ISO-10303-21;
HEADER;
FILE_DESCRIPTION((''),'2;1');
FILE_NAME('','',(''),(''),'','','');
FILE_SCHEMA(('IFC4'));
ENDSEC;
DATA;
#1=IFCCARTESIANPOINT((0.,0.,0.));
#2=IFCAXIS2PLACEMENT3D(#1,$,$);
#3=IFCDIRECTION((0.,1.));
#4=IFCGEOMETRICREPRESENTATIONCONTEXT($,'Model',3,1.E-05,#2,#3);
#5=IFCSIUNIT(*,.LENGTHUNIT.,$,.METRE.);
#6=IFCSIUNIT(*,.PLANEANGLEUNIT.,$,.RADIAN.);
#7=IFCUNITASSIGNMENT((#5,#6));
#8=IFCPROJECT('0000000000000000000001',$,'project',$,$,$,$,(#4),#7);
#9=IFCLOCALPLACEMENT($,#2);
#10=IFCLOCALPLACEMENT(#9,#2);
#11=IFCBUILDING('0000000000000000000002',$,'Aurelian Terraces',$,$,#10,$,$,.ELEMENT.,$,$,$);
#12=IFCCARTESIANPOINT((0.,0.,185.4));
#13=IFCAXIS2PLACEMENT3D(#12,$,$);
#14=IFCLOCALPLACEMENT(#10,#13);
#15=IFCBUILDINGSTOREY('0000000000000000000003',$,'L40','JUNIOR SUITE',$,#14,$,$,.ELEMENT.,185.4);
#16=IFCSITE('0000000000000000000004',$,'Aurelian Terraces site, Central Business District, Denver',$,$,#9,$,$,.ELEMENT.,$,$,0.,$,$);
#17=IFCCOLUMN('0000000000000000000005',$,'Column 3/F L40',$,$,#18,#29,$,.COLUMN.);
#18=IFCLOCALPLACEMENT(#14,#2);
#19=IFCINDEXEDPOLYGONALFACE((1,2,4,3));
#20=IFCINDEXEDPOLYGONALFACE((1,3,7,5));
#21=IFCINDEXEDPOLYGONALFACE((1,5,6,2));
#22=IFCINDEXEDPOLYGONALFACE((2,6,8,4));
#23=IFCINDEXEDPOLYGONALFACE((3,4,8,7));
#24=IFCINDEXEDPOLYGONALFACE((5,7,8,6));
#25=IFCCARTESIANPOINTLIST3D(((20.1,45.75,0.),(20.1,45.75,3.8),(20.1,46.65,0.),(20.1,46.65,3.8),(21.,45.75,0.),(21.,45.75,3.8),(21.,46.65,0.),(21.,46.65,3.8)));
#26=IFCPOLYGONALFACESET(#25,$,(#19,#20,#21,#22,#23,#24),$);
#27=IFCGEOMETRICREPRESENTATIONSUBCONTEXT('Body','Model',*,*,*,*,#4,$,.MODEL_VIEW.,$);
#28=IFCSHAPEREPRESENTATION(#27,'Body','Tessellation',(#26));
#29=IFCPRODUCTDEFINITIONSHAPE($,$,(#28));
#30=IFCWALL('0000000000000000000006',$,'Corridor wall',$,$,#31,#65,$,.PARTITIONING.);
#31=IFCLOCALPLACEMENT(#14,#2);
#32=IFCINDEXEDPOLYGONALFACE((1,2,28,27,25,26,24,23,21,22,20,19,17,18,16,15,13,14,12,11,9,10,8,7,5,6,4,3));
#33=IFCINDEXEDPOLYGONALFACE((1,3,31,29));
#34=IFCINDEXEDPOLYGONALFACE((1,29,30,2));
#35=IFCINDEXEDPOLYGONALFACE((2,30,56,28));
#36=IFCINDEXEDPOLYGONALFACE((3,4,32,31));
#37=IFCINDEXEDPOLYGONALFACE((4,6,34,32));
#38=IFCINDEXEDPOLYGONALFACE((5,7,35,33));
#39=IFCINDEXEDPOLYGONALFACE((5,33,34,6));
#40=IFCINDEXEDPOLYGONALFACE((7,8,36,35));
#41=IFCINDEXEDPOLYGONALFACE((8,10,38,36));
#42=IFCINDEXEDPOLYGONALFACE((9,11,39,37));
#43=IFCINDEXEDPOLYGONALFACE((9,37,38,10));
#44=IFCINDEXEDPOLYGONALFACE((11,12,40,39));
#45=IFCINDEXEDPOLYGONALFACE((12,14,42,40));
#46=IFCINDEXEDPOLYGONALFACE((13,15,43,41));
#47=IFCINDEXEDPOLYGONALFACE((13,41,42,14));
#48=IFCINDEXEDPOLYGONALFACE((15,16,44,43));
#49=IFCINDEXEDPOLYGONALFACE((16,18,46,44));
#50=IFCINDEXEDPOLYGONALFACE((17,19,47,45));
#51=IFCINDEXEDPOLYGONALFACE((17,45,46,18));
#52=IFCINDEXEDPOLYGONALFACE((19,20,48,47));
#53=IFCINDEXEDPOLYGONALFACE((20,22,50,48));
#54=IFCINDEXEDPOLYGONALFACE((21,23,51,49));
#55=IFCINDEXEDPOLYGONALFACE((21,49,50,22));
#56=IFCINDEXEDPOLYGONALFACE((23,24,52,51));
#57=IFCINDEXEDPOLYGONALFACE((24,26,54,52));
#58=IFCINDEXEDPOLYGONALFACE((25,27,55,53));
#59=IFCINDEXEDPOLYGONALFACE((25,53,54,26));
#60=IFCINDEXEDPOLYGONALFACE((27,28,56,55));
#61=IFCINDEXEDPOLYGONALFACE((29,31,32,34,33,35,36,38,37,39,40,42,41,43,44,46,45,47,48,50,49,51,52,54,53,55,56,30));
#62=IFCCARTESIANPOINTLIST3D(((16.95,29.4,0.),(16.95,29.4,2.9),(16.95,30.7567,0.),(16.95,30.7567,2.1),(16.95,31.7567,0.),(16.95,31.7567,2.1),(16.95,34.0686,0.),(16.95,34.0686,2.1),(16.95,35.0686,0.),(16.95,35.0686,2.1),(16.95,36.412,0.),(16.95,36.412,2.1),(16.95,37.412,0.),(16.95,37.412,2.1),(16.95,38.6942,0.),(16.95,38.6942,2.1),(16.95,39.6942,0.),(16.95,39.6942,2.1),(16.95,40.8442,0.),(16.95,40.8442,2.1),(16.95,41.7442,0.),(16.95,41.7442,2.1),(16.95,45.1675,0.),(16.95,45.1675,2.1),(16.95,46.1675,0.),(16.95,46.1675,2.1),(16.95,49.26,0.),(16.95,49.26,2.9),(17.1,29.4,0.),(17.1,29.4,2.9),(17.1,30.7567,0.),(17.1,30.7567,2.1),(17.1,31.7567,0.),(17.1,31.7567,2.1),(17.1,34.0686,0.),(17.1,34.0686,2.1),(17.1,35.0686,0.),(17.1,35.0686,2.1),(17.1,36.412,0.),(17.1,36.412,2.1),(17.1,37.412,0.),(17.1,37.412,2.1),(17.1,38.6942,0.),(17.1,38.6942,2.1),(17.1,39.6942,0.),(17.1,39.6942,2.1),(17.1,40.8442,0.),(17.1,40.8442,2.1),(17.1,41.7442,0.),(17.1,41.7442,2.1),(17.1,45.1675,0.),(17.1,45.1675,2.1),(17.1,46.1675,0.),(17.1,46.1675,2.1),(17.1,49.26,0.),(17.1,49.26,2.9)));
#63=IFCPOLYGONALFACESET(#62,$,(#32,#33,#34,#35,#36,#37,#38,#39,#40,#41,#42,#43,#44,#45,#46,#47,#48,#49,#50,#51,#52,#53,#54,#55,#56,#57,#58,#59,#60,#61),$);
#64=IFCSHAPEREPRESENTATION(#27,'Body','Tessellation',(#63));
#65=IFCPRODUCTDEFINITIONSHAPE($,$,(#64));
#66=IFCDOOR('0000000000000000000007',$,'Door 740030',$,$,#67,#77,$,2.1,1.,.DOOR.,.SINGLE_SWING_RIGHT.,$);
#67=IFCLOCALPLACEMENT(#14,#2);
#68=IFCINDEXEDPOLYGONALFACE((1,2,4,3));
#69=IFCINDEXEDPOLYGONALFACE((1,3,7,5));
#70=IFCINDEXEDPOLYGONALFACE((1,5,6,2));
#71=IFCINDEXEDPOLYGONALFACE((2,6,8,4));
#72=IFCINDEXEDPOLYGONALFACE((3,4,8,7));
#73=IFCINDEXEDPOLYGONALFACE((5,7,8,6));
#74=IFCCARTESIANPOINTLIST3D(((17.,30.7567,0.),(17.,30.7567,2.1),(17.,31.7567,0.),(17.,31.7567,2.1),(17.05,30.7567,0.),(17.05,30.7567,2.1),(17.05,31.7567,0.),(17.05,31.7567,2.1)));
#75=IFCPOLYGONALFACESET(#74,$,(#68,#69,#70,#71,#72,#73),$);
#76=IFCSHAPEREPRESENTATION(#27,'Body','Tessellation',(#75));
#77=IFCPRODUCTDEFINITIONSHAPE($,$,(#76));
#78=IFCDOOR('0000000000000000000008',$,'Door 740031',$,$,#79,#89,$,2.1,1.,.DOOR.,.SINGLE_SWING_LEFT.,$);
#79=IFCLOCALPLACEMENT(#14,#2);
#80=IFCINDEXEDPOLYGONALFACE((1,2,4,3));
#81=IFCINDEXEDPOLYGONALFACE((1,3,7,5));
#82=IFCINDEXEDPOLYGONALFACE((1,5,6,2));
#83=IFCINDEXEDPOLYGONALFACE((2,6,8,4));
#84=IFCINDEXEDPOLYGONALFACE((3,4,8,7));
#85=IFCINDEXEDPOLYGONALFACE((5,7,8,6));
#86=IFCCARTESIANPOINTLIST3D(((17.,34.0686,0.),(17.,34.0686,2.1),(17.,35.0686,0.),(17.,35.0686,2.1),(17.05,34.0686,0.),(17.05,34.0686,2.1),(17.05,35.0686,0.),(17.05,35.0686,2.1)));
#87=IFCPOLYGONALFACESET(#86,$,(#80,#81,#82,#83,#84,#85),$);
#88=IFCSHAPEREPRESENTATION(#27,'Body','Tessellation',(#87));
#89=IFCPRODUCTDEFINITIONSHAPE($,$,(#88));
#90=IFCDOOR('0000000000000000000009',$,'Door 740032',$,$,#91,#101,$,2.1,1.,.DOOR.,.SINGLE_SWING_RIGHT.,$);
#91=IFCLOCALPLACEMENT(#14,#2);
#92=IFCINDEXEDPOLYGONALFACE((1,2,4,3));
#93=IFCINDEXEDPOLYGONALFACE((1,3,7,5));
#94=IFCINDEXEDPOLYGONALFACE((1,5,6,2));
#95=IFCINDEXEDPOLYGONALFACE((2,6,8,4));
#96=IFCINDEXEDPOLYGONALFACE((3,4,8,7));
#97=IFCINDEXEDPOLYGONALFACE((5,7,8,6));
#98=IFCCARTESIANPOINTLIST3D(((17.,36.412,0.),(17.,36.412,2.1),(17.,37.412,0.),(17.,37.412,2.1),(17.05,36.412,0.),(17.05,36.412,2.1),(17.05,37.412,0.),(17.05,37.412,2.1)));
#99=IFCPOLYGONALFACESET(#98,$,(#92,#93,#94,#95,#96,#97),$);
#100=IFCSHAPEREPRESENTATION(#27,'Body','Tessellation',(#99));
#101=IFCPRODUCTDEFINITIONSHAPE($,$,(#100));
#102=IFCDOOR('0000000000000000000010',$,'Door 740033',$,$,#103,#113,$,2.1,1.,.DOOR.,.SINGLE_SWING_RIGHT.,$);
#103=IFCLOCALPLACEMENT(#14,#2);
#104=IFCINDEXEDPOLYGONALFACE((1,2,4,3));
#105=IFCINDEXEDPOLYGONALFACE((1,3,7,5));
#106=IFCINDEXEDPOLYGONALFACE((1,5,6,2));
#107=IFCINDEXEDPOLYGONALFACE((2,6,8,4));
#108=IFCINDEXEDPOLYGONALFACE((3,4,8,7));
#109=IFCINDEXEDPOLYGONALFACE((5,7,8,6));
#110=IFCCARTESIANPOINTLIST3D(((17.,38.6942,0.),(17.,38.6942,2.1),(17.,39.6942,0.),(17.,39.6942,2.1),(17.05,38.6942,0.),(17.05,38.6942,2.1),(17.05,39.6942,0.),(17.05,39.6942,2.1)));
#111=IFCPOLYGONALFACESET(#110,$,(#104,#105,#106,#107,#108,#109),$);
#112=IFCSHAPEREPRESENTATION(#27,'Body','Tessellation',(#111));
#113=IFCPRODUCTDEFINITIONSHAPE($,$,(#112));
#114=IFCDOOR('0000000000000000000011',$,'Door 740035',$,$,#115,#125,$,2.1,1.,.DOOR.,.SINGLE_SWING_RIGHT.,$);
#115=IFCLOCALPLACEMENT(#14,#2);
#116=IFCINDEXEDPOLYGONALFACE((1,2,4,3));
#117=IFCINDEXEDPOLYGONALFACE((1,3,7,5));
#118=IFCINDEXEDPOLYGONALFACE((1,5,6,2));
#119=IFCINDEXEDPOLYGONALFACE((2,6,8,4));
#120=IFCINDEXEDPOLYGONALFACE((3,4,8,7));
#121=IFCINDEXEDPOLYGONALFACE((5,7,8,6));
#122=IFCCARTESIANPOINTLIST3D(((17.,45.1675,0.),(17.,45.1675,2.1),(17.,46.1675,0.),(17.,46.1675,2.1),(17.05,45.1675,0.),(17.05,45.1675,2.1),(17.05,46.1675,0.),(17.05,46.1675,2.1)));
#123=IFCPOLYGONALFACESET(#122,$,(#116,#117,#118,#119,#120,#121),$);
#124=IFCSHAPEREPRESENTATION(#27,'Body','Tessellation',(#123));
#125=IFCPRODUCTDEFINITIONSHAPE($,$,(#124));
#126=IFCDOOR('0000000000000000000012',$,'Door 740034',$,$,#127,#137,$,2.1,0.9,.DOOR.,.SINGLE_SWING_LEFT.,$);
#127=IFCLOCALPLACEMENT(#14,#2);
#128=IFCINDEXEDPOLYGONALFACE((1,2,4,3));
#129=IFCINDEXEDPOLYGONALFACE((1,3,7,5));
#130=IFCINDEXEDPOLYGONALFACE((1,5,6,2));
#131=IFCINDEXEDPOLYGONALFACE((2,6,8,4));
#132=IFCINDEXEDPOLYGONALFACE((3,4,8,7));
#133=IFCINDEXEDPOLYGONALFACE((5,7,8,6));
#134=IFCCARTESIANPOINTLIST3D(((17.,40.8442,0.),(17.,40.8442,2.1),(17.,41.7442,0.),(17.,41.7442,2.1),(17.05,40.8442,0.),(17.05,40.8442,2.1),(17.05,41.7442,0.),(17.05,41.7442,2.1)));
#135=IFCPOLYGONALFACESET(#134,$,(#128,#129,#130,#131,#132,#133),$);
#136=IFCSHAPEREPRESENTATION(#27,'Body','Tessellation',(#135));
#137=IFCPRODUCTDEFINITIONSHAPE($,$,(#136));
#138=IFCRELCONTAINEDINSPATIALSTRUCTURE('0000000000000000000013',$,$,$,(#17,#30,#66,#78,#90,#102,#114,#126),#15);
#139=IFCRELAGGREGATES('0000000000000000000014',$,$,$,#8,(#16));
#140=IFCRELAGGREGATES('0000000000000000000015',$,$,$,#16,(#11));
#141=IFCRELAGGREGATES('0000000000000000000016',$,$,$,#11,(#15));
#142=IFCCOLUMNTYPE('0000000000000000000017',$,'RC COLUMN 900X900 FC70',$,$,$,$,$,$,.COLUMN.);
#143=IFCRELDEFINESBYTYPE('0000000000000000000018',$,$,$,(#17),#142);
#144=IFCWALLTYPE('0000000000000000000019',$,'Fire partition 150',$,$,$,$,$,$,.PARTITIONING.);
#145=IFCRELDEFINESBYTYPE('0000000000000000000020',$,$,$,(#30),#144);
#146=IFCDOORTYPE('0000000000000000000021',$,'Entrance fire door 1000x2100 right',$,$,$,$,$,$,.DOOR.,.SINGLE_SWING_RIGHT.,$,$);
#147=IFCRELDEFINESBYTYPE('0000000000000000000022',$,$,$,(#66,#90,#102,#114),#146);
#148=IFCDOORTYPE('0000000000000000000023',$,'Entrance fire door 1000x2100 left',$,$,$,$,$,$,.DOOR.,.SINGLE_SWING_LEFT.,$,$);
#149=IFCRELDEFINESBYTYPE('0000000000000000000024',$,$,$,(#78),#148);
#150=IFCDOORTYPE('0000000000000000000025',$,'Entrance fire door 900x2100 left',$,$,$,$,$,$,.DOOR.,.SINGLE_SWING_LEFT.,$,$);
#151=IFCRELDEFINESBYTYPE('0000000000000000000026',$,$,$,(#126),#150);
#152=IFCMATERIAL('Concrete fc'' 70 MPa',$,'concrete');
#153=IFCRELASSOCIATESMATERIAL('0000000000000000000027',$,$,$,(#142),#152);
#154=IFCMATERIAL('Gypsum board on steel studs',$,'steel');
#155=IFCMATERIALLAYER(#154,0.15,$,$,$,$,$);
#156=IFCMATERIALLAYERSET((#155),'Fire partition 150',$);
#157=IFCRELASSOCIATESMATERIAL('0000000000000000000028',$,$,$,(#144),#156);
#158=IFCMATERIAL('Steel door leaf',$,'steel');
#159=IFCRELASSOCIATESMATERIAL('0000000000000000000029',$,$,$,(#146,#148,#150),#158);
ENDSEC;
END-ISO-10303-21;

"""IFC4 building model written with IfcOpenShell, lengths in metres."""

from ifc_helpers import new_model, si_unit, direction, frame, frame_2d, origin, origin_2d, place, context, subcontext, project, spatial, rectangle, extrude, source, transform, mapped, material, layer, layer_set, material_profile, profile_set, type_object, element, fill, save


model = new_model("IFC4")

# Units and contexts
model_context = context("Model", 3, precision=1e-05, world=origin(), true_north=direction((0.0, 1.0)))
body_context = subcontext(model_context, "Body", "Model", "MODEL_VIEW")
ifc_project = project(units=[si_unit("LENGTHUNIT", "METRE"), si_unit("PLANEANGLEUNIT", "RADIAN")], contexts=[model_context])

# Site, building, storey
site_placement = place(None, origin())
site = spatial("IfcSite", under=ifc_project, at=site_placement, Name="Aurelian Terraces site, Central Business District, Denver", CompositionType="ELEMENT", RefElevation=0.0)
building_placement = place(site_placement, origin())
building = spatial("IfcBuilding", under=site, at=building_placement, Name="Aurelian Terraces", CompositionType="ELEMENT")
storey_placement = place(building_placement, frame((0.0, 0.0, 185.4)))
storey = spatial("IfcBuildingStorey", under=building, at=storey_placement, Name="L40", Description="JUNIOR SUITE", CompositionType="ELEMENT", Elevation=185.4)

# Column
ifc_material_1 = material(Name="Concrete fc' 70 MPa", Category="concrete")
ifc_material_profile = material_profile(ifc_material_1, rectangle(XDim=0.9, YDim=0.9, at=origin_2d()))
ifc_profile_set = profile_set([ifc_material_profile], Name="Concrete fc' 70 MPa")
column_type = type_object("IfcColumnType", Name="RC COLUMN 900X900 FC70", PredefinedType="COLUMN", material=ifc_profile_set)
shared_shape_1 = source(origin(), body_context, "Body", "SweptSolid", [
    extrude(rectangle(XDim=0.9, YDim=0.9, at=origin_2d()), origin(), (0.0, 0.0, 1.0), 3.8),
])
column_placement = place(storey_placement, frame((20.55, 46.2, 0.0), z_axis=(0.0, 0.0, 1.0), x_axis=(1.0, 0.0, 0.0)))
element("IfcColumn", 1, at=column_placement, inside=storey, type_object=column_type, Name="Column 3/F L40", PredefinedType="COLUMN", context=body_context, shape_type="MappedRepresentation", body=[
    mapped(shared_shape_1, transform((0.0, 0.0, 0.0), scale=1.0)),
])

# Wall, openings, doors
ifc_material_2 = material(Name="Gypsum board on steel studs", Category="steel")
ifc_layer_1 = layer(ifc_material_2, 0.15)
ifc_layer_set_1 = layer_set([ifc_layer_1], Name="Fire partition 150")
wall_type_1 = type_object("IfcWallType", Name="Fire partition 150", PredefinedType="PARTITIONING", material=ifc_layer_set_1)
wall_1_placement = place(storey_placement, frame((17.025, 49.26, 0.0), z_axis=(0.0, 0.0, 1.0), x_axis=(0.0, -1.0, 0.0)))
wall_1 = element("IfcWall", 2, at=wall_1_placement, inside=storey, type_object=wall_type_1, Name="Corridor wall", PredefinedType="PARTITIONING", context=body_context, shape_type="SweptSolid", body=[
    extrude(rectangle(XDim=19.86, YDim=0.15, at=frame_2d((9.93, 0.0))), origin(), (0.0, 0.0, 1.0), 2.9),
])
shared_shape_2 = source(origin(), body_context, "Body", "SweptSolid", [
    extrude(rectangle(XDim=1.0, YDim=2.1, at=frame_2d((0.5, 1.05))), frame((0.0, 0.085, 0.0), z_axis=(0.0, -1.0, 0.0), x_axis=(1.0, 0.0, 0.0)), (0.0, 0.0, 1.0), 0.17),
])
opening_1_placement = place(wall_1_placement, frame((17.5033, 0.0, 0.0)))
opening_1 = element("IfcOpeningElement", 3, at=opening_1_placement, cuts=wall_1, PredefinedType="OPENING", context=body_context, shape_type="MappedRepresentation", body=[
    mapped(shared_shape_2, transform((0.0, 0.0, 0.0), scale=1.0)),
])
opening_2_placement = place(wall_1_placement, frame((14.1914, 0.0, 0.0)))
opening_2 = element("IfcOpeningElement", 4, at=opening_2_placement, cuts=wall_1, PredefinedType="OPENING", context=body_context, shape_type="MappedRepresentation", body=[
    mapped(shared_shape_2, transform((0.0, 0.0, 0.0), scale=1.0)),
])
opening_3_placement = place(wall_1_placement, frame((11.848, 0.0, 0.0)))
opening_3 = element("IfcOpeningElement", 5, at=opening_3_placement, cuts=wall_1, PredefinedType="OPENING", context=body_context, shape_type="MappedRepresentation", body=[
    mapped(shared_shape_2, transform((0.0, 0.0, 0.0), scale=1.0)),
])
opening_4_placement = place(wall_1_placement, frame((9.5658, 0.0, 0.0)))
opening_4 = element("IfcOpeningElement", 6, at=opening_4_placement, cuts=wall_1, PredefinedType="OPENING", context=body_context, shape_type="MappedRepresentation", body=[
    mapped(shared_shape_2, transform((0.0, 0.0, 0.0), scale=1.0)),
])
shared_shape_3 = source(origin(), body_context, "Body", "SweptSolid", [
    extrude(rectangle(XDim=0.9, YDim=2.1, at=frame_2d((0.45, 1.05))), frame((0.0, 0.085, 0.0), z_axis=(0.0, -1.0, 0.0), x_axis=(1.0, 0.0, 0.0)), (0.0, 0.0, 1.0), 0.17),
])
opening_5_placement = place(wall_1_placement, frame((7.5158, 0.0, 0.0)))
opening_5 = element("IfcOpeningElement", 7, at=opening_5_placement, cuts=wall_1, PredefinedType="OPENING", context=body_context, shape_type="MappedRepresentation", body=[
    mapped(shared_shape_3, transform((0.0, 0.0, 0.0), scale=1.0)),
])
opening_6_placement = place(wall_1_placement, frame((3.0925, 0.0, 0.0)))
opening_6 = element("IfcOpeningElement", 8, at=opening_6_placement, cuts=wall_1, PredefinedType="OPENING", context=body_context, shape_type="MappedRepresentation", body=[
    mapped(shared_shape_2, transform((0.0, 0.0, 0.0), scale=1.0)),
])
ifc_material_3 = material(Name="Steel door leaf", Category="steel")
door_type_1 = type_object("IfcDoorType", Name="Entrance fire door 1000x2100 right", OperationType="SINGLE_SWING_RIGHT", PredefinedType="DOOR", material=ifc_material_3)
shared_shape_4 = source(origin(), body_context, "Body", "SweptSolid", [
    extrude(rectangle(XDim=1.0, YDim=2.1, at=frame_2d((0.5, 1.05))), frame((0.0, 0.025, 0.0), z_axis=(0.0, -1.0, 0.0), x_axis=(1.0, 0.0, 0.0)), (0.0, 0.0, 1.0), 0.05),
])
door_1_placement = place(opening_1_placement, origin())
door_1 = element("IfcDoor", 9, at=door_1_placement, inside=storey, type_object=door_type_1, Name="Door 740030", OperationType="SINGLE_SWING_RIGHT", OverallHeight=2.1, OverallWidth=1.0, PredefinedType="DOOR", context=body_context, shape_type="MappedRepresentation", body=[
    mapped(shared_shape_4, transform((0.0, 0.0, 0.0), scale=1.0)),
])
fill(opening_1, door_1)
door_type_2 = type_object("IfcDoorType", Name="Entrance fire door 1000x2100 left", OperationType="SINGLE_SWING_LEFT", PredefinedType="DOOR", material=ifc_material_3)
door_2_placement = place(opening_2_placement, origin())
door_2 = element("IfcDoor", 10, at=door_2_placement, inside=storey, type_object=door_type_2, Name="Door 740031", OperationType="SINGLE_SWING_LEFT", OverallHeight=2.1, OverallWidth=1.0, PredefinedType="DOOR", context=body_context, shape_type="MappedRepresentation", body=[
    mapped(shared_shape_4, transform((0.0, 0.0, 0.0), scale=1.0)),
])
fill(opening_2, door_2)
door_3_placement = place(opening_3_placement, origin())
door_3 = element("IfcDoor", 11, at=door_3_placement, inside=storey, type_object=door_type_1, Name="Door 740032", OperationType="SINGLE_SWING_RIGHT", OverallHeight=2.1, OverallWidth=1.0, PredefinedType="DOOR", context=body_context, shape_type="MappedRepresentation", body=[
    mapped(shared_shape_4, transform((0.0, 0.0, 0.0), scale=1.0)),
])
fill(opening_3, door_3)
door_4_placement = place(opening_4_placement, origin())
door_4 = element("IfcDoor", 12, at=door_4_placement, inside=storey, type_object=door_type_1, Name="Door 740033", OperationType="SINGLE_SWING_RIGHT", OverallHeight=2.1, OverallWidth=1.0, PredefinedType="DOOR", context=body_context, shape_type="MappedRepresentation", body=[
    mapped(shared_shape_4, transform((0.0, 0.0, 0.0), scale=1.0)),
])
fill(opening_4, door_4)
door_5_placement = place(opening_6_placement, origin())
door_5 = element("IfcDoor", 13, at=door_5_placement, inside=storey, type_object=door_type_1, Name="Door 740035", OperationType="SINGLE_SWING_RIGHT", OverallHeight=2.1, OverallWidth=1.0, PredefinedType="DOOR", context=body_context, shape_type="MappedRepresentation", body=[
    mapped(shared_shape_4, transform((0.0, 0.0, 0.0), scale=1.0)),
])
fill(opening_6, door_5)
door_type_3 = type_object("IfcDoorType", Name="Entrance fire door 900x2100 left", OperationType="SINGLE_SWING_LEFT", PredefinedType="DOOR", material=ifc_material_3)
shared_shape_5 = source(origin(), body_context, "Body", "SweptSolid", [
    extrude(rectangle(XDim=0.9, YDim=2.1, at=frame_2d((0.45, 1.05))), frame((0.0, 0.025, 0.0), z_axis=(0.0, -1.0, 0.0), x_axis=(1.0, 0.0, 0.0)), (0.0, 0.0, 1.0), 0.05),
])
door_6_placement = place(opening_5_placement, origin())
door_6 = element("IfcDoor", 14, at=door_6_placement, inside=storey, type_object=door_type_3, Name="Door 740034", OperationType="SINGLE_SWING_LEFT", OverallHeight=2.1, OverallWidth=0.9, PredefinedType="DOOR", context=body_context, shape_type="MappedRepresentation", body=[
    mapped(shared_shape_5, transform((0.0, 0.0, 0.0), scale=1.0)),
])
fill(opening_5, door_6)

save(model, "model.ifc")
